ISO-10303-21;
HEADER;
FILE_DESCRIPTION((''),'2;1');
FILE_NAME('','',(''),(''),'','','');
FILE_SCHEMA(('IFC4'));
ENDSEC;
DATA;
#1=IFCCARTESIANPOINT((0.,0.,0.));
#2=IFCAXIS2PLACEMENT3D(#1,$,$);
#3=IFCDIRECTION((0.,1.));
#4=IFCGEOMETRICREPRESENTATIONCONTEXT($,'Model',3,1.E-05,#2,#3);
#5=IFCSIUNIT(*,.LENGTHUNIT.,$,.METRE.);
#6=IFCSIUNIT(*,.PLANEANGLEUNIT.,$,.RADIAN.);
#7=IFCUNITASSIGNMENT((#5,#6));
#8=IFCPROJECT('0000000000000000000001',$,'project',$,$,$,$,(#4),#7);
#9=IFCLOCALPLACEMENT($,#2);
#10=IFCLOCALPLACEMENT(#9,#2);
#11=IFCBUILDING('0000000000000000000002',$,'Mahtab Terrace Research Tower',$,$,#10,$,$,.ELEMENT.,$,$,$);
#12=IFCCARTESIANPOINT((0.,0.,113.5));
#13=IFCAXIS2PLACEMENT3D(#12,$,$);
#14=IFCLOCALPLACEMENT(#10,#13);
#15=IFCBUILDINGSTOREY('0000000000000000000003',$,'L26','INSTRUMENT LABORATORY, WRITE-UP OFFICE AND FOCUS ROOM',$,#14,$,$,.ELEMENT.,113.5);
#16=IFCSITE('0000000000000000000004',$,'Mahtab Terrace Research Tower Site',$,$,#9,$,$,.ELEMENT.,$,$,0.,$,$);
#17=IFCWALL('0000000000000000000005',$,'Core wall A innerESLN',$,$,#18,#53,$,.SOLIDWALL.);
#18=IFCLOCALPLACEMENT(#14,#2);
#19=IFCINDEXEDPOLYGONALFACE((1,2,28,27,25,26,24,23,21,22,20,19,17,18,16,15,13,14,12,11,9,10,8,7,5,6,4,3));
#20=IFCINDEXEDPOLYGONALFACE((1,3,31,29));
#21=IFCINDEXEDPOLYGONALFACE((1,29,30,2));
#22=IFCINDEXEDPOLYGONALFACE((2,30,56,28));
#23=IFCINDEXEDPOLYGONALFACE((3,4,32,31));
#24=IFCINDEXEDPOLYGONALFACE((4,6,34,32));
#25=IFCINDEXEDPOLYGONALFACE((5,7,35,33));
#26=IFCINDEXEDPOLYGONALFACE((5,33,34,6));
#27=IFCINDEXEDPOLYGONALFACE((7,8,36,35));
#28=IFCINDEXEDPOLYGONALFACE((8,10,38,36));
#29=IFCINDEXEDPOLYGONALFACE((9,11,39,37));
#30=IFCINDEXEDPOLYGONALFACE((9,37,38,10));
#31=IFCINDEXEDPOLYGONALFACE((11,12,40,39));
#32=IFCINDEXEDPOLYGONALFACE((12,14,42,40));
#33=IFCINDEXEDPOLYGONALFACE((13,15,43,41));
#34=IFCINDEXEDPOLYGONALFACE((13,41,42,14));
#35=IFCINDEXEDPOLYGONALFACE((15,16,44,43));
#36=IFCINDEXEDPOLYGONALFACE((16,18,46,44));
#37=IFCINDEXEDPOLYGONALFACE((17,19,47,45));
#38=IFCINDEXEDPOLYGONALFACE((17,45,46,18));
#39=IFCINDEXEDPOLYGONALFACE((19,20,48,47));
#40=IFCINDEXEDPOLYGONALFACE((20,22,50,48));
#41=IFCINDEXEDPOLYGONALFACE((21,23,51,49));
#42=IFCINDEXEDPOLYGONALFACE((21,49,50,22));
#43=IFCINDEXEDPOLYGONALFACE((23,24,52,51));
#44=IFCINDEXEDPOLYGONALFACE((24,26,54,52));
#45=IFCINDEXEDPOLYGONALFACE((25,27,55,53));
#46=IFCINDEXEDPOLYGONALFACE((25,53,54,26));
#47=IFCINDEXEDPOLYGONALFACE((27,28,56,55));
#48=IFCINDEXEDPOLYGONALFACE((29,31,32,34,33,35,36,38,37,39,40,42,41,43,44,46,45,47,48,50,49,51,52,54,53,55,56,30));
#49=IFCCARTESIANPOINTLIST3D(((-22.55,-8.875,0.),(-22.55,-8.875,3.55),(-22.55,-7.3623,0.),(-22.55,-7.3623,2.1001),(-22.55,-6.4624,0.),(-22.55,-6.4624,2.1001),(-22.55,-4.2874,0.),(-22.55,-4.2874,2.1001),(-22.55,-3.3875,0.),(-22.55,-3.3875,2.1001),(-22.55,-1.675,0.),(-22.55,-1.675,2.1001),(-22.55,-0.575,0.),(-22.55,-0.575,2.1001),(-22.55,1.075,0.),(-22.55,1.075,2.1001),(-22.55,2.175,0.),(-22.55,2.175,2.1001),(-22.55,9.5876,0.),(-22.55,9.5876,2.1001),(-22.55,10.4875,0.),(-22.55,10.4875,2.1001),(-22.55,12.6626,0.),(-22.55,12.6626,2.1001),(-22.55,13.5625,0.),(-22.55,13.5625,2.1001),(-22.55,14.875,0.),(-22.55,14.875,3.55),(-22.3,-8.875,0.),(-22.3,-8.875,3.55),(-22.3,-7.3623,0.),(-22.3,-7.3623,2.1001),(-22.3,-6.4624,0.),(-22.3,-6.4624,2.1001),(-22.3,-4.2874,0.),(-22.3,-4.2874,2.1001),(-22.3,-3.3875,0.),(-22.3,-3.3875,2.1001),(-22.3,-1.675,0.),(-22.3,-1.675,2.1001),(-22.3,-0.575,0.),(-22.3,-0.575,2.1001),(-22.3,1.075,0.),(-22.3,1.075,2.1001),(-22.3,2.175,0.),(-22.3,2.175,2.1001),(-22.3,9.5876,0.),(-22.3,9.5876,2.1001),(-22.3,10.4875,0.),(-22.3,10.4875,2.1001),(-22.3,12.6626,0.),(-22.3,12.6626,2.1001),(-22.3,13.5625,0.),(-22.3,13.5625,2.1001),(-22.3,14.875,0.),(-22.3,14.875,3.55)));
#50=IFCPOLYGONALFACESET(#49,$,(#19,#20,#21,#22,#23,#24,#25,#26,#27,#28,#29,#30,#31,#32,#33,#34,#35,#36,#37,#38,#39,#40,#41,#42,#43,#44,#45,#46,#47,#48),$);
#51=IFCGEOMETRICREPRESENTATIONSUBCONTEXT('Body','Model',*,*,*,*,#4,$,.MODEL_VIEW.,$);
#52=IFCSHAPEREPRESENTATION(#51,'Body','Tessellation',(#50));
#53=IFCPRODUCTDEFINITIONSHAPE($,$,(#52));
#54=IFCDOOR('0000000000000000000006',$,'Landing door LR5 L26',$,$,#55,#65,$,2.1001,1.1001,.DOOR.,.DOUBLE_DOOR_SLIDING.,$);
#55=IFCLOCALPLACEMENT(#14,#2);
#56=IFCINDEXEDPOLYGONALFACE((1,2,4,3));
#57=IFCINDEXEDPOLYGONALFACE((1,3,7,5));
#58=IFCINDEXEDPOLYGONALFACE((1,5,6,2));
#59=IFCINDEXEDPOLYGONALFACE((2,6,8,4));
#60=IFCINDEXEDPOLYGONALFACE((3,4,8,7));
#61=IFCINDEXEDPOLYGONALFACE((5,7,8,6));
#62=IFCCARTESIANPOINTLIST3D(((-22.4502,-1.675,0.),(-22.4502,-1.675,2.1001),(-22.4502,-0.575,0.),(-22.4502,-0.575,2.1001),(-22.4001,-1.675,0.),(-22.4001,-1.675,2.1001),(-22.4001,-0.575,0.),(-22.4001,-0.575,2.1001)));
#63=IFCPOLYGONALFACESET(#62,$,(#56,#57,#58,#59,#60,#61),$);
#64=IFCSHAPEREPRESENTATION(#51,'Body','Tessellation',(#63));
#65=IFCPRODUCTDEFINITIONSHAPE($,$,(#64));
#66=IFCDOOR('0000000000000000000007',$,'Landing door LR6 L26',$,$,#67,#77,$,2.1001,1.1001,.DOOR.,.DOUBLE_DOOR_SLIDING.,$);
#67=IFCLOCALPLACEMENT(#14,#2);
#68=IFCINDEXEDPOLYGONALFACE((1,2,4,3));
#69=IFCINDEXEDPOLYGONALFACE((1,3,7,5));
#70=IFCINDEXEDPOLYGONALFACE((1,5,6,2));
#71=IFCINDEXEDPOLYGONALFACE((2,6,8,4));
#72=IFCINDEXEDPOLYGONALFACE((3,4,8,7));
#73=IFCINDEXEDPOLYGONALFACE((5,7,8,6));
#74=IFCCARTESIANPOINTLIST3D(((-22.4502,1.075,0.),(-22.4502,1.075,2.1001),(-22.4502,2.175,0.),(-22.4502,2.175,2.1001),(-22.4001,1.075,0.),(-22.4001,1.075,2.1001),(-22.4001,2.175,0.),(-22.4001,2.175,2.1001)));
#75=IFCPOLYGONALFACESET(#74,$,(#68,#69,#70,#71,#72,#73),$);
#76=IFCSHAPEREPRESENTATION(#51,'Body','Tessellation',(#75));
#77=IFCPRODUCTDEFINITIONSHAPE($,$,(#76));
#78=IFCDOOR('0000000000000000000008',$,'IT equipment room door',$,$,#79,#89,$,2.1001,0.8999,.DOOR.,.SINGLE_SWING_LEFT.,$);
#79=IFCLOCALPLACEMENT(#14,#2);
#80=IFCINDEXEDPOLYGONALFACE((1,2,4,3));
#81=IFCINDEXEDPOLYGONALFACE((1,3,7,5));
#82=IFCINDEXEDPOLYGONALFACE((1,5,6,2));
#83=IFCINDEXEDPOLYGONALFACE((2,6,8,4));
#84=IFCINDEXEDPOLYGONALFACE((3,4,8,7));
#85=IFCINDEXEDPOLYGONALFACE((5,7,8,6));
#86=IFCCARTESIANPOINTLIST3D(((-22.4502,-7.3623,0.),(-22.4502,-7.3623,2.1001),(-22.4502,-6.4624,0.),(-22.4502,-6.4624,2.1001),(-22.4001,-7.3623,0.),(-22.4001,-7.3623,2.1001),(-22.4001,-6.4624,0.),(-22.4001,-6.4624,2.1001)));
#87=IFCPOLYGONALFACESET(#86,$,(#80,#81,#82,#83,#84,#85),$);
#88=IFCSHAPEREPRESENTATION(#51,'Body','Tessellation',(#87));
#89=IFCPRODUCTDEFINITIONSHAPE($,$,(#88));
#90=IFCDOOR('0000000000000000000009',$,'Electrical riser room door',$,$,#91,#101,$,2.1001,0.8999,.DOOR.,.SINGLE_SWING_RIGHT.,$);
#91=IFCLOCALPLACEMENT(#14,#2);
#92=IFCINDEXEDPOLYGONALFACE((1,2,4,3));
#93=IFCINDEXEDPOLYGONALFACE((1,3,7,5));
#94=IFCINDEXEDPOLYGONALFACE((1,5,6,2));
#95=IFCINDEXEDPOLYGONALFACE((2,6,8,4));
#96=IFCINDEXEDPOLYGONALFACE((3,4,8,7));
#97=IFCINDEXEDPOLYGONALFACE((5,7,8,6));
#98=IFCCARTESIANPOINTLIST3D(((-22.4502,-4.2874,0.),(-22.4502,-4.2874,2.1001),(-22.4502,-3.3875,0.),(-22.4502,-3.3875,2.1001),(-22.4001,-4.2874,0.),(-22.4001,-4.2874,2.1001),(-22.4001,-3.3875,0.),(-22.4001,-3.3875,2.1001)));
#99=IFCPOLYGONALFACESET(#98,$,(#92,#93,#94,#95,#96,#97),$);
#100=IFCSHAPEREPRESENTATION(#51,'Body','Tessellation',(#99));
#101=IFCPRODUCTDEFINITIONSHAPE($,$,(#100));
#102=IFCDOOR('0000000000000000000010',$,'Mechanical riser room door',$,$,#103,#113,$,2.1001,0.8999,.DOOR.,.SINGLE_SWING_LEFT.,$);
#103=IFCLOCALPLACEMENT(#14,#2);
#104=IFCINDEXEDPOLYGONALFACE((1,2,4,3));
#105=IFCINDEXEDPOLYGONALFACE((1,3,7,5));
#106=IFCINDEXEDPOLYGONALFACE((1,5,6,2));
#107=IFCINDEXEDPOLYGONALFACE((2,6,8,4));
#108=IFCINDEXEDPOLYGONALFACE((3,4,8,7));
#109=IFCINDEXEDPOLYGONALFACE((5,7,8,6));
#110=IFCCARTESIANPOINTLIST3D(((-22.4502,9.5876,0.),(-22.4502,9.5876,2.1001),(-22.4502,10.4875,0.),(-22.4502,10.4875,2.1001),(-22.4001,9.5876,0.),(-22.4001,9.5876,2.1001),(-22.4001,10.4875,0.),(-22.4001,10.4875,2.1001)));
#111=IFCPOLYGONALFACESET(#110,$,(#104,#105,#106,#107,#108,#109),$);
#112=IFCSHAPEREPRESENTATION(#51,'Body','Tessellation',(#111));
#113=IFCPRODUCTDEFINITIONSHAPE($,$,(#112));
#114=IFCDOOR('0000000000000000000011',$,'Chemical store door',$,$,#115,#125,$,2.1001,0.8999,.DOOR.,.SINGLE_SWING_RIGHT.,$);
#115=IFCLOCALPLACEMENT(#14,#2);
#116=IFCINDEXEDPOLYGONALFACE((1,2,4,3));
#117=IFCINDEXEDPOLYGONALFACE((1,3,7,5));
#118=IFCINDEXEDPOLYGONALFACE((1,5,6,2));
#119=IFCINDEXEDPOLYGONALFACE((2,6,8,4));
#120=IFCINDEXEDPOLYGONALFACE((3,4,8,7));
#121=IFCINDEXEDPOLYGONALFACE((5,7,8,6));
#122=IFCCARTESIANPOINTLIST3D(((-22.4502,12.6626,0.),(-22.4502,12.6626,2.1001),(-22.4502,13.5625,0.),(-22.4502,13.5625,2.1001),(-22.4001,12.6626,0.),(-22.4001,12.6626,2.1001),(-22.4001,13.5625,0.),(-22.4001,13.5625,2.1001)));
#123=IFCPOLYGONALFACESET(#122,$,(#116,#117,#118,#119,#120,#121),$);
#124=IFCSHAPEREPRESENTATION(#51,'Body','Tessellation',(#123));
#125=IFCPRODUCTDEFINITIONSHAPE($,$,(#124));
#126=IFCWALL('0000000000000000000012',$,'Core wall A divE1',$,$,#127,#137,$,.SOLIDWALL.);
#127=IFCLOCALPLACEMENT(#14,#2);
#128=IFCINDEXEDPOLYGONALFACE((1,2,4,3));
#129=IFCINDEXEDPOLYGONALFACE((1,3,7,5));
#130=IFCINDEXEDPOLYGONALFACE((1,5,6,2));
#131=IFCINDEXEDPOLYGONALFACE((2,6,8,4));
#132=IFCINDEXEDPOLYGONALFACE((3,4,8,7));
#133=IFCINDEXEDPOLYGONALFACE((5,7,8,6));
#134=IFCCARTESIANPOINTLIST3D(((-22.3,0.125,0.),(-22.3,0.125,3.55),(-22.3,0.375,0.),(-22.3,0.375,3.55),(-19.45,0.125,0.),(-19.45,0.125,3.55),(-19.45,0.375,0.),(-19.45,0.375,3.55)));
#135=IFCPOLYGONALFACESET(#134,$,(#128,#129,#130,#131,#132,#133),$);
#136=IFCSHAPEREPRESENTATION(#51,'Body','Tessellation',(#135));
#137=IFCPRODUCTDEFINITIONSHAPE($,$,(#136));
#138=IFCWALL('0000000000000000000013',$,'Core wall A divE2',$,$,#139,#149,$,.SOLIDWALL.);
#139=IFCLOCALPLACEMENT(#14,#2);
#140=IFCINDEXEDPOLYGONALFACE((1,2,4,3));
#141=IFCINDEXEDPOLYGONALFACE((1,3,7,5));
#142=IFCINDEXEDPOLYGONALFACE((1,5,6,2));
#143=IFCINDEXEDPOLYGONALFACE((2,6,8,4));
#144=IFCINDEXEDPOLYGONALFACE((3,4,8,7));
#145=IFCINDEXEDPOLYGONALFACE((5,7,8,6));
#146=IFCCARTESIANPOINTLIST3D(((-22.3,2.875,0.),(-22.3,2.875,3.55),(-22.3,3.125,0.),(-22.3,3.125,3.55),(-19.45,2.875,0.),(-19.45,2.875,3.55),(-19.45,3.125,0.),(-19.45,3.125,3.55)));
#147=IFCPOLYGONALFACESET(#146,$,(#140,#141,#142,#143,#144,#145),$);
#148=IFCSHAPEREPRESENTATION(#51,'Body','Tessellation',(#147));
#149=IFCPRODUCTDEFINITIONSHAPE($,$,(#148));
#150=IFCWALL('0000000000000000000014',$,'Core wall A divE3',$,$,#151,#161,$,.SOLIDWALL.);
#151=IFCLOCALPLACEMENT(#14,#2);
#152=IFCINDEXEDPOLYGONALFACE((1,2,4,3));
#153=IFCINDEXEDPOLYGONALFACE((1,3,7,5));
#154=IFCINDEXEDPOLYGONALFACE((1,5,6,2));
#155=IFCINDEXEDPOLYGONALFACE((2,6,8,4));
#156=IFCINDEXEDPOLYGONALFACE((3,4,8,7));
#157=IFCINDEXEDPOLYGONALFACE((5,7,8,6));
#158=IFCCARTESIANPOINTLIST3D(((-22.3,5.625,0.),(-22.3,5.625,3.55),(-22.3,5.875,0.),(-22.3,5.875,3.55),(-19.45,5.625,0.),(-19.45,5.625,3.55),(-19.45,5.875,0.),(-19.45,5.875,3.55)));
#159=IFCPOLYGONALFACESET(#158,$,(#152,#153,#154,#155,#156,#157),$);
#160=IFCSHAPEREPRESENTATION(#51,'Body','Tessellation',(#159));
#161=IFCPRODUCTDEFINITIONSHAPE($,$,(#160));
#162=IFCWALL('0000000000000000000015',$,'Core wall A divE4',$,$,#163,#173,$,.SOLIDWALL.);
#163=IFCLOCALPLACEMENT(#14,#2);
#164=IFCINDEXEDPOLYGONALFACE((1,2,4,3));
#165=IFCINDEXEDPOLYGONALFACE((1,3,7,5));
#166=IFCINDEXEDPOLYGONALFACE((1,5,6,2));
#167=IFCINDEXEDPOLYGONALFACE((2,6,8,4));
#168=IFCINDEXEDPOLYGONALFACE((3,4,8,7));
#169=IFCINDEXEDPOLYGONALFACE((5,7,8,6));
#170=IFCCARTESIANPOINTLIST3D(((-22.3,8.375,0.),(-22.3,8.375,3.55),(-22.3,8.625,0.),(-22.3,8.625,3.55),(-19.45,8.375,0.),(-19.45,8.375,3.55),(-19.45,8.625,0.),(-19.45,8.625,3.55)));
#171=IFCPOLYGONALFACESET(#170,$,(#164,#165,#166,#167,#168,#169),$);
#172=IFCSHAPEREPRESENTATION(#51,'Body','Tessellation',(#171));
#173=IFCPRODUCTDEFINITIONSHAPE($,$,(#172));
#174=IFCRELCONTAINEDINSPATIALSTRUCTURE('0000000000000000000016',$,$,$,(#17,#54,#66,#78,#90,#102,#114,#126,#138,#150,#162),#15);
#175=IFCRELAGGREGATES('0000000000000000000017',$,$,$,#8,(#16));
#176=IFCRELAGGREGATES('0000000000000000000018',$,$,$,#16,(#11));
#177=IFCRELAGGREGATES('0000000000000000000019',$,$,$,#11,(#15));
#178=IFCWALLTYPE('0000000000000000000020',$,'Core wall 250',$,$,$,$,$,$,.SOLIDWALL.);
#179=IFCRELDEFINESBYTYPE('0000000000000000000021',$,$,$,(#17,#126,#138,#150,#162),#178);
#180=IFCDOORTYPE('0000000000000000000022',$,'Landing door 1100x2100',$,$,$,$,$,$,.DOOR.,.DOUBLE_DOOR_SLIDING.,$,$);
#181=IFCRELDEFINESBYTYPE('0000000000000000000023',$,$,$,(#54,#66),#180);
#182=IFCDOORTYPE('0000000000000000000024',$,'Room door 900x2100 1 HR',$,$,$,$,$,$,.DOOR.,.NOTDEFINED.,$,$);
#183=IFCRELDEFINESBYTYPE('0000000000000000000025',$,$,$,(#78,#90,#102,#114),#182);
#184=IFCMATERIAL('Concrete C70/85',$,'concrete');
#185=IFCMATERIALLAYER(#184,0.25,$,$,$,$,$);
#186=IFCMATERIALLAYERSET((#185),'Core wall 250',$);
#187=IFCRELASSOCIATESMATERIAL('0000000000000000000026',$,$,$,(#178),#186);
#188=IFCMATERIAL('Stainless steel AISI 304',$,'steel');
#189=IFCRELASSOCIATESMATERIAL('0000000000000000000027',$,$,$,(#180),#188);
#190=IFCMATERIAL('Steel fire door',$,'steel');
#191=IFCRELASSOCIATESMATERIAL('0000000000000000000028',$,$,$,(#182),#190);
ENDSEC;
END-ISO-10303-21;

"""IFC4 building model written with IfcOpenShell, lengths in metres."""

from ifc_helpers import new_model, si_unit, direction, frame, frame_2d, origin, place, context, subcontext, project, spatial, rectangle, extrude, material, layer, layer_set, type_object, element, fill, save


model = new_model("IFC4")

# Units and contexts
model_context = context("Model", 3, precision=1e-05, world=origin(), true_north=direction((0.0, 1.0)))
body_context = subcontext(model_context, "Body", "Model", "MODEL_VIEW")
ifc_project = project(units=[si_unit("LENGTHUNIT", "METRE"), si_unit("PLANEANGLEUNIT", "RADIAN")], contexts=[model_context])

# Site, building, storey
site_placement = place(None, origin())
site = spatial("IfcSite", under=ifc_project, at=site_placement, Name="Mahtab Terrace Research Tower Site", CompositionType="ELEMENT", RefElevation=0.0)
building_placement = place(site_placement, origin())
building = spatial("IfcBuilding", under=site, at=building_placement, Name="Mahtab Terrace Research Tower", CompositionType="ELEMENT")
storey_placement = place(building_placement, frame((0.0, 0.0, 113.5)))
storey = spatial("IfcBuildingStorey", under=building, at=storey_placement, Name="L26", Description="INSTRUMENT LABORATORY, WRITE-UP OFFICE AND FOCUS ROOM", CompositionType="ELEMENT", Elevation=113.5)

# Shared definitions
ifc_material_1 = material(Name="Concrete C70/85", Category="concrete")

# Shared definitions
ifc_layer_1 = layer(ifc_material_1, 0.25)
ifc_layer_set_1 = layer_set([ifc_layer_1], Name="Core wall 250")
wall_type_1 = type_object("IfcWallType", Name="Core wall 250", PredefinedType="SOLIDWALL", material=ifc_layer_set_1)
ifc_material_2 = material(Name="Steel fire door", Category="steel")

# Wall, openings, doors
wall_1_placement = place(storey_placement, frame((-22.425, 14.875, 0.0), z_axis=(0.0, 0.0, 1.0), x_axis=(0.0, -1.0, 0.0)))
wall_1 = element("IfcWall", 1, at=wall_1_placement, inside=storey, type_object=wall_type_1, Name="Core wall A innerESLN", PredefinedType="SOLIDWALL", context=body_context, shape_type="SweptSolid", body=[
    extrude(rectangle(XDim=23.75, YDim=0.25, at=frame_2d((11.875, 0.0))), origin(), (0.0, 0.0, 1.0), 3.55),
])
opening_1_placement = place(wall_1_placement, frame((15.45, 0.0, 0.0)))
opening_1 = element("IfcOpeningElement", 2, at=opening_1_placement, cuts=wall_1, PredefinedType="OPENING", context=body_context, shape_type="SweptSolid", body=[
    extrude(rectangle(XDim=1.1001, YDim=2.1001, at=frame_2d((0.55, 1.05))), frame((0.0, 0.135, 0.0), z_axis=(0.0, -1.0, 0.0), x_axis=(1.0, 0.0, 0.0)), (0.0, 0.0, 1.0), 0.27),
])
opening_2_placement = place(wall_1_placement, frame((12.7, 0.0, 0.0)))
opening_2 = element("IfcOpeningElement", 3, at=opening_2_placement, cuts=wall_1, PredefinedType="OPENING", context=body_context, shape_type="SweptSolid", body=[
    extrude(rectangle(XDim=1.1001, YDim=2.1001, at=frame_2d((0.55, 1.05))), frame((0.0, 0.135, 0.0), z_axis=(0.0, -1.0, 0.0), x_axis=(1.0, 0.0, 0.0)), (0.0, 0.0, 1.0), 0.27),
])
opening_3_placement = place(wall_1_placement, frame((21.3374, 0.0, 0.0)))
opening_3 = element("IfcOpeningElement", 4, at=opening_3_placement, cuts=wall_1, PredefinedType="OPENING", context=body_context, shape_type="SweptSolid", body=[
    extrude(rectangle(XDim=0.8999, YDim=2.1001, at=frame_2d((0.45, 1.05))), frame((0.0, 0.135, 0.0), z_axis=(0.0, -1.0, 0.0), x_axis=(1.0, 0.0, 0.0)), (0.0, 0.0, 1.0), 0.27),
])
opening_4_placement = place(wall_1_placement, frame((18.2625, 0.0, 0.0)))
opening_4 = element("IfcOpeningElement", 5, at=opening_4_placement, cuts=wall_1, PredefinedType="OPENING", context=body_context, shape_type="SweptSolid", body=[
    extrude(rectangle(XDim=0.8999, YDim=2.1001, at=frame_2d((0.45, 1.05))), frame((0.0, 0.135, 0.0), z_axis=(0.0, -1.0, 0.0), x_axis=(1.0, 0.0, 0.0)), (0.0, 0.0, 1.0), 0.27),
])
opening_5_placement = place(wall_1_placement, frame((4.3875, 0.0, 0.0)))
opening_5 = element("IfcOpeningElement", 6, at=opening_5_placement, cuts=wall_1, PredefinedType="OPENING", context=body_context, shape_type="SweptSolid", body=[
    extrude(rectangle(XDim=0.8999, YDim=2.1001, at=frame_2d((0.45, 1.05))), frame((0.0, 0.135, 0.0), z_axis=(0.0, -1.0, 0.0), x_axis=(1.0, 0.0, 0.0)), (0.0, 0.0, 1.0), 0.27),
])
opening_6_placement = place(wall_1_placement, frame((1.3125, 0.0, 0.0)))
opening_6 = element("IfcOpeningElement", 7, at=opening_6_placement, cuts=wall_1, PredefinedType="OPENING", context=body_context, shape_type="SweptSolid", body=[
    extrude(rectangle(XDim=0.8999, YDim=2.1001, at=frame_2d((0.45, 1.05))), frame((0.0, 0.135, 0.0), z_axis=(0.0, -1.0, 0.0), x_axis=(1.0, 0.0, 0.0)), (0.0, 0.0, 1.0), 0.27),
])
ifc_material_3 = material(Name="Stainless steel AISI 304", Category="steel")
door_type_1 = type_object("IfcDoorType", Name="Landing door 1100x2100", OperationType="DOUBLE_DOOR_SLIDING", PredefinedType="DOOR", material=ifc_material_3)
door_1_placement = place(opening_1_placement, origin())
door_1 = element("IfcDoor", 8, at=door_1_placement, inside=storey, type_object=door_type_1, Name="Landing door LR5 L26", OperationType="DOUBLE_DOOR_SLIDING", OverallHeight=2.1001, OverallWidth=1.1001, PredefinedType="DOOR", context=body_context, shape_type="SweptSolid", body=[
    extrude(rectangle(XDim=1.1001, YDim=2.1001, at=frame_2d((0.55, 1.05))), frame((0.0, 0.0249, 0.0), z_axis=(0.0, -1.0, 0.0), x_axis=(1.0, 0.0, 0.0)), (0.0, 0.0, 1.0), 0.05),
])
fill(opening_1, door_1)
door_2_placement = place(opening_2_placement, origin())
door_2 = element("IfcDoor", 9, at=door_2_placement, inside=storey, type_object=door_type_1, Name="Landing door LR6 L26", OperationType="DOUBLE_DOOR_SLIDING", OverallHeight=2.1001, OverallWidth=1.1001, PredefinedType="DOOR", context=body_context, shape_type="SweptSolid", body=[
    extrude(rectangle(XDim=1.1001, YDim=2.1001, at=frame_2d((0.55, 1.05))), frame((0.0, 0.0249, 0.0), z_axis=(0.0, -1.0, 0.0), x_axis=(1.0, 0.0, 0.0)), (0.0, 0.0, 1.0), 0.05),
])
fill(opening_2, door_2)
door_type_2 = type_object("IfcDoorType", Name="Room door 900x2100 1 HR", OperationType="NOTDEFINED", PredefinedType="DOOR", material=ifc_material_2)
door_3_placement = place(opening_3_placement, origin())
door_3 = element("IfcDoor", 10, at=door_3_placement, inside=storey, type_object=door_type_2, Name="IT equipment room door", OperationType="SINGLE_SWING_LEFT", OverallHeight=2.1001, OverallWidth=0.8999, PredefinedType="DOOR", context=body_context, shape_type="SweptSolid", body=[
    extrude(rectangle(XDim=0.8999, YDim=2.1001, at=frame_2d((0.45, 1.05))), frame((0.0, 0.0249, 0.0), z_axis=(0.0, -1.0, 0.0), x_axis=(1.0, 0.0, 0.0)), (0.0, 0.0, 1.0), 0.05),
])
fill(opening_3, door_3)
door_4_placement = place(opening_4_placement, origin())
door_4 = element("IfcDoor", 11, at=door_4_placement, inside=storey, type_object=door_type_2, Name="Electrical riser room door", OperationType="SINGLE_SWING_RIGHT", OverallHeight=2.1001, OverallWidth=0.8999, PredefinedType="DOOR", context=body_context, shape_type="SweptSolid", body=[
    extrude(rectangle(XDim=0.8999, YDim=2.1001, at=frame_2d((0.45, 1.05))), frame((0.0, 0.0249, 0.0), z_axis=(0.0, -1.0, 0.0), x_axis=(1.0, 0.0, 0.0)), (0.0, 0.0, 1.0), 0.05),
])
fill(opening_4, door_4)
door_5_placement = place(opening_5_placement, origin())
door_5 = element("IfcDoor", 12, at=door_5_placement, inside=storey, type_object=door_type_2, Name="Mechanical riser room door", OperationType="SINGLE_SWING_LEFT", OverallHeight=2.1001, OverallWidth=0.8999, PredefinedType="DOOR", context=body_context, shape_type="SweptSolid", body=[
    extrude(rectangle(XDim=0.8999, YDim=2.1001, at=frame_2d((0.45, 1.05))), frame((0.0, 0.0249, 0.0), z_axis=(0.0, -1.0, 0.0), x_axis=(1.0, 0.0, 0.0)), (0.0, 0.0, 1.0), 0.05),
])
fill(opening_5, door_5)
door_6_placement = place(opening_6_placement, origin())
door_6 = element("IfcDoor", 13, at=door_6_placement, inside=storey, type_object=door_type_2, Name="Chemical store door", OperationType="SINGLE_SWING_RIGHT", OverallHeight=2.1001, OverallWidth=0.8999, PredefinedType="DOOR", context=body_context, shape_type="SweptSolid", body=[
    extrude(rectangle(XDim=0.8999, YDim=2.1001, at=frame_2d((0.45, 1.05))), frame((0.0, 0.0249, 0.0), z_axis=(0.0, -1.0, 0.0), x_axis=(1.0, 0.0, 0.0)), (0.0, 0.0, 1.0), 0.05),
])
fill(opening_6, door_6)

# Walls
for number, where, z_axis, x_axis, name in (
    (14, (-22.3, 0.25, 0.0), (0.0, 0.0, 1.0), (1.0, 0.0, 0.0), "Core wall A divE1"),
    (15, (-22.3, 3.0, 0.0), (0.0, 0.0, 1.0), (1.0, 0.0, 0.0), "Core wall A divE2"),
    (16, (-22.3, 5.75, 0.0), (0.0, 0.0, 1.0), (1.0, 0.0, 0.0), "Core wall A divE3"),
    (17, (-22.3, 8.5, 0.0), (0.0, 0.0, 1.0), (1.0, 0.0, 0.0), "Core wall A divE4"),
):
    element("IfcWall", number, at=place(storey_placement, frame(where, z_axis=z_axis, x_axis=x_axis)), inside=storey, type_object=wall_type_1, Name=name, PredefinedType="SOLIDWALL", context=body_context, shape_type="SweptSolid", body=[
        extrude(rectangle(XDim=2.8501, YDim=0.25, at=frame_2d((1.425, 0.0))), origin(), (0.0, 0.0, 1.0), 3.55),
    ])

save(model, "model.ifc")
